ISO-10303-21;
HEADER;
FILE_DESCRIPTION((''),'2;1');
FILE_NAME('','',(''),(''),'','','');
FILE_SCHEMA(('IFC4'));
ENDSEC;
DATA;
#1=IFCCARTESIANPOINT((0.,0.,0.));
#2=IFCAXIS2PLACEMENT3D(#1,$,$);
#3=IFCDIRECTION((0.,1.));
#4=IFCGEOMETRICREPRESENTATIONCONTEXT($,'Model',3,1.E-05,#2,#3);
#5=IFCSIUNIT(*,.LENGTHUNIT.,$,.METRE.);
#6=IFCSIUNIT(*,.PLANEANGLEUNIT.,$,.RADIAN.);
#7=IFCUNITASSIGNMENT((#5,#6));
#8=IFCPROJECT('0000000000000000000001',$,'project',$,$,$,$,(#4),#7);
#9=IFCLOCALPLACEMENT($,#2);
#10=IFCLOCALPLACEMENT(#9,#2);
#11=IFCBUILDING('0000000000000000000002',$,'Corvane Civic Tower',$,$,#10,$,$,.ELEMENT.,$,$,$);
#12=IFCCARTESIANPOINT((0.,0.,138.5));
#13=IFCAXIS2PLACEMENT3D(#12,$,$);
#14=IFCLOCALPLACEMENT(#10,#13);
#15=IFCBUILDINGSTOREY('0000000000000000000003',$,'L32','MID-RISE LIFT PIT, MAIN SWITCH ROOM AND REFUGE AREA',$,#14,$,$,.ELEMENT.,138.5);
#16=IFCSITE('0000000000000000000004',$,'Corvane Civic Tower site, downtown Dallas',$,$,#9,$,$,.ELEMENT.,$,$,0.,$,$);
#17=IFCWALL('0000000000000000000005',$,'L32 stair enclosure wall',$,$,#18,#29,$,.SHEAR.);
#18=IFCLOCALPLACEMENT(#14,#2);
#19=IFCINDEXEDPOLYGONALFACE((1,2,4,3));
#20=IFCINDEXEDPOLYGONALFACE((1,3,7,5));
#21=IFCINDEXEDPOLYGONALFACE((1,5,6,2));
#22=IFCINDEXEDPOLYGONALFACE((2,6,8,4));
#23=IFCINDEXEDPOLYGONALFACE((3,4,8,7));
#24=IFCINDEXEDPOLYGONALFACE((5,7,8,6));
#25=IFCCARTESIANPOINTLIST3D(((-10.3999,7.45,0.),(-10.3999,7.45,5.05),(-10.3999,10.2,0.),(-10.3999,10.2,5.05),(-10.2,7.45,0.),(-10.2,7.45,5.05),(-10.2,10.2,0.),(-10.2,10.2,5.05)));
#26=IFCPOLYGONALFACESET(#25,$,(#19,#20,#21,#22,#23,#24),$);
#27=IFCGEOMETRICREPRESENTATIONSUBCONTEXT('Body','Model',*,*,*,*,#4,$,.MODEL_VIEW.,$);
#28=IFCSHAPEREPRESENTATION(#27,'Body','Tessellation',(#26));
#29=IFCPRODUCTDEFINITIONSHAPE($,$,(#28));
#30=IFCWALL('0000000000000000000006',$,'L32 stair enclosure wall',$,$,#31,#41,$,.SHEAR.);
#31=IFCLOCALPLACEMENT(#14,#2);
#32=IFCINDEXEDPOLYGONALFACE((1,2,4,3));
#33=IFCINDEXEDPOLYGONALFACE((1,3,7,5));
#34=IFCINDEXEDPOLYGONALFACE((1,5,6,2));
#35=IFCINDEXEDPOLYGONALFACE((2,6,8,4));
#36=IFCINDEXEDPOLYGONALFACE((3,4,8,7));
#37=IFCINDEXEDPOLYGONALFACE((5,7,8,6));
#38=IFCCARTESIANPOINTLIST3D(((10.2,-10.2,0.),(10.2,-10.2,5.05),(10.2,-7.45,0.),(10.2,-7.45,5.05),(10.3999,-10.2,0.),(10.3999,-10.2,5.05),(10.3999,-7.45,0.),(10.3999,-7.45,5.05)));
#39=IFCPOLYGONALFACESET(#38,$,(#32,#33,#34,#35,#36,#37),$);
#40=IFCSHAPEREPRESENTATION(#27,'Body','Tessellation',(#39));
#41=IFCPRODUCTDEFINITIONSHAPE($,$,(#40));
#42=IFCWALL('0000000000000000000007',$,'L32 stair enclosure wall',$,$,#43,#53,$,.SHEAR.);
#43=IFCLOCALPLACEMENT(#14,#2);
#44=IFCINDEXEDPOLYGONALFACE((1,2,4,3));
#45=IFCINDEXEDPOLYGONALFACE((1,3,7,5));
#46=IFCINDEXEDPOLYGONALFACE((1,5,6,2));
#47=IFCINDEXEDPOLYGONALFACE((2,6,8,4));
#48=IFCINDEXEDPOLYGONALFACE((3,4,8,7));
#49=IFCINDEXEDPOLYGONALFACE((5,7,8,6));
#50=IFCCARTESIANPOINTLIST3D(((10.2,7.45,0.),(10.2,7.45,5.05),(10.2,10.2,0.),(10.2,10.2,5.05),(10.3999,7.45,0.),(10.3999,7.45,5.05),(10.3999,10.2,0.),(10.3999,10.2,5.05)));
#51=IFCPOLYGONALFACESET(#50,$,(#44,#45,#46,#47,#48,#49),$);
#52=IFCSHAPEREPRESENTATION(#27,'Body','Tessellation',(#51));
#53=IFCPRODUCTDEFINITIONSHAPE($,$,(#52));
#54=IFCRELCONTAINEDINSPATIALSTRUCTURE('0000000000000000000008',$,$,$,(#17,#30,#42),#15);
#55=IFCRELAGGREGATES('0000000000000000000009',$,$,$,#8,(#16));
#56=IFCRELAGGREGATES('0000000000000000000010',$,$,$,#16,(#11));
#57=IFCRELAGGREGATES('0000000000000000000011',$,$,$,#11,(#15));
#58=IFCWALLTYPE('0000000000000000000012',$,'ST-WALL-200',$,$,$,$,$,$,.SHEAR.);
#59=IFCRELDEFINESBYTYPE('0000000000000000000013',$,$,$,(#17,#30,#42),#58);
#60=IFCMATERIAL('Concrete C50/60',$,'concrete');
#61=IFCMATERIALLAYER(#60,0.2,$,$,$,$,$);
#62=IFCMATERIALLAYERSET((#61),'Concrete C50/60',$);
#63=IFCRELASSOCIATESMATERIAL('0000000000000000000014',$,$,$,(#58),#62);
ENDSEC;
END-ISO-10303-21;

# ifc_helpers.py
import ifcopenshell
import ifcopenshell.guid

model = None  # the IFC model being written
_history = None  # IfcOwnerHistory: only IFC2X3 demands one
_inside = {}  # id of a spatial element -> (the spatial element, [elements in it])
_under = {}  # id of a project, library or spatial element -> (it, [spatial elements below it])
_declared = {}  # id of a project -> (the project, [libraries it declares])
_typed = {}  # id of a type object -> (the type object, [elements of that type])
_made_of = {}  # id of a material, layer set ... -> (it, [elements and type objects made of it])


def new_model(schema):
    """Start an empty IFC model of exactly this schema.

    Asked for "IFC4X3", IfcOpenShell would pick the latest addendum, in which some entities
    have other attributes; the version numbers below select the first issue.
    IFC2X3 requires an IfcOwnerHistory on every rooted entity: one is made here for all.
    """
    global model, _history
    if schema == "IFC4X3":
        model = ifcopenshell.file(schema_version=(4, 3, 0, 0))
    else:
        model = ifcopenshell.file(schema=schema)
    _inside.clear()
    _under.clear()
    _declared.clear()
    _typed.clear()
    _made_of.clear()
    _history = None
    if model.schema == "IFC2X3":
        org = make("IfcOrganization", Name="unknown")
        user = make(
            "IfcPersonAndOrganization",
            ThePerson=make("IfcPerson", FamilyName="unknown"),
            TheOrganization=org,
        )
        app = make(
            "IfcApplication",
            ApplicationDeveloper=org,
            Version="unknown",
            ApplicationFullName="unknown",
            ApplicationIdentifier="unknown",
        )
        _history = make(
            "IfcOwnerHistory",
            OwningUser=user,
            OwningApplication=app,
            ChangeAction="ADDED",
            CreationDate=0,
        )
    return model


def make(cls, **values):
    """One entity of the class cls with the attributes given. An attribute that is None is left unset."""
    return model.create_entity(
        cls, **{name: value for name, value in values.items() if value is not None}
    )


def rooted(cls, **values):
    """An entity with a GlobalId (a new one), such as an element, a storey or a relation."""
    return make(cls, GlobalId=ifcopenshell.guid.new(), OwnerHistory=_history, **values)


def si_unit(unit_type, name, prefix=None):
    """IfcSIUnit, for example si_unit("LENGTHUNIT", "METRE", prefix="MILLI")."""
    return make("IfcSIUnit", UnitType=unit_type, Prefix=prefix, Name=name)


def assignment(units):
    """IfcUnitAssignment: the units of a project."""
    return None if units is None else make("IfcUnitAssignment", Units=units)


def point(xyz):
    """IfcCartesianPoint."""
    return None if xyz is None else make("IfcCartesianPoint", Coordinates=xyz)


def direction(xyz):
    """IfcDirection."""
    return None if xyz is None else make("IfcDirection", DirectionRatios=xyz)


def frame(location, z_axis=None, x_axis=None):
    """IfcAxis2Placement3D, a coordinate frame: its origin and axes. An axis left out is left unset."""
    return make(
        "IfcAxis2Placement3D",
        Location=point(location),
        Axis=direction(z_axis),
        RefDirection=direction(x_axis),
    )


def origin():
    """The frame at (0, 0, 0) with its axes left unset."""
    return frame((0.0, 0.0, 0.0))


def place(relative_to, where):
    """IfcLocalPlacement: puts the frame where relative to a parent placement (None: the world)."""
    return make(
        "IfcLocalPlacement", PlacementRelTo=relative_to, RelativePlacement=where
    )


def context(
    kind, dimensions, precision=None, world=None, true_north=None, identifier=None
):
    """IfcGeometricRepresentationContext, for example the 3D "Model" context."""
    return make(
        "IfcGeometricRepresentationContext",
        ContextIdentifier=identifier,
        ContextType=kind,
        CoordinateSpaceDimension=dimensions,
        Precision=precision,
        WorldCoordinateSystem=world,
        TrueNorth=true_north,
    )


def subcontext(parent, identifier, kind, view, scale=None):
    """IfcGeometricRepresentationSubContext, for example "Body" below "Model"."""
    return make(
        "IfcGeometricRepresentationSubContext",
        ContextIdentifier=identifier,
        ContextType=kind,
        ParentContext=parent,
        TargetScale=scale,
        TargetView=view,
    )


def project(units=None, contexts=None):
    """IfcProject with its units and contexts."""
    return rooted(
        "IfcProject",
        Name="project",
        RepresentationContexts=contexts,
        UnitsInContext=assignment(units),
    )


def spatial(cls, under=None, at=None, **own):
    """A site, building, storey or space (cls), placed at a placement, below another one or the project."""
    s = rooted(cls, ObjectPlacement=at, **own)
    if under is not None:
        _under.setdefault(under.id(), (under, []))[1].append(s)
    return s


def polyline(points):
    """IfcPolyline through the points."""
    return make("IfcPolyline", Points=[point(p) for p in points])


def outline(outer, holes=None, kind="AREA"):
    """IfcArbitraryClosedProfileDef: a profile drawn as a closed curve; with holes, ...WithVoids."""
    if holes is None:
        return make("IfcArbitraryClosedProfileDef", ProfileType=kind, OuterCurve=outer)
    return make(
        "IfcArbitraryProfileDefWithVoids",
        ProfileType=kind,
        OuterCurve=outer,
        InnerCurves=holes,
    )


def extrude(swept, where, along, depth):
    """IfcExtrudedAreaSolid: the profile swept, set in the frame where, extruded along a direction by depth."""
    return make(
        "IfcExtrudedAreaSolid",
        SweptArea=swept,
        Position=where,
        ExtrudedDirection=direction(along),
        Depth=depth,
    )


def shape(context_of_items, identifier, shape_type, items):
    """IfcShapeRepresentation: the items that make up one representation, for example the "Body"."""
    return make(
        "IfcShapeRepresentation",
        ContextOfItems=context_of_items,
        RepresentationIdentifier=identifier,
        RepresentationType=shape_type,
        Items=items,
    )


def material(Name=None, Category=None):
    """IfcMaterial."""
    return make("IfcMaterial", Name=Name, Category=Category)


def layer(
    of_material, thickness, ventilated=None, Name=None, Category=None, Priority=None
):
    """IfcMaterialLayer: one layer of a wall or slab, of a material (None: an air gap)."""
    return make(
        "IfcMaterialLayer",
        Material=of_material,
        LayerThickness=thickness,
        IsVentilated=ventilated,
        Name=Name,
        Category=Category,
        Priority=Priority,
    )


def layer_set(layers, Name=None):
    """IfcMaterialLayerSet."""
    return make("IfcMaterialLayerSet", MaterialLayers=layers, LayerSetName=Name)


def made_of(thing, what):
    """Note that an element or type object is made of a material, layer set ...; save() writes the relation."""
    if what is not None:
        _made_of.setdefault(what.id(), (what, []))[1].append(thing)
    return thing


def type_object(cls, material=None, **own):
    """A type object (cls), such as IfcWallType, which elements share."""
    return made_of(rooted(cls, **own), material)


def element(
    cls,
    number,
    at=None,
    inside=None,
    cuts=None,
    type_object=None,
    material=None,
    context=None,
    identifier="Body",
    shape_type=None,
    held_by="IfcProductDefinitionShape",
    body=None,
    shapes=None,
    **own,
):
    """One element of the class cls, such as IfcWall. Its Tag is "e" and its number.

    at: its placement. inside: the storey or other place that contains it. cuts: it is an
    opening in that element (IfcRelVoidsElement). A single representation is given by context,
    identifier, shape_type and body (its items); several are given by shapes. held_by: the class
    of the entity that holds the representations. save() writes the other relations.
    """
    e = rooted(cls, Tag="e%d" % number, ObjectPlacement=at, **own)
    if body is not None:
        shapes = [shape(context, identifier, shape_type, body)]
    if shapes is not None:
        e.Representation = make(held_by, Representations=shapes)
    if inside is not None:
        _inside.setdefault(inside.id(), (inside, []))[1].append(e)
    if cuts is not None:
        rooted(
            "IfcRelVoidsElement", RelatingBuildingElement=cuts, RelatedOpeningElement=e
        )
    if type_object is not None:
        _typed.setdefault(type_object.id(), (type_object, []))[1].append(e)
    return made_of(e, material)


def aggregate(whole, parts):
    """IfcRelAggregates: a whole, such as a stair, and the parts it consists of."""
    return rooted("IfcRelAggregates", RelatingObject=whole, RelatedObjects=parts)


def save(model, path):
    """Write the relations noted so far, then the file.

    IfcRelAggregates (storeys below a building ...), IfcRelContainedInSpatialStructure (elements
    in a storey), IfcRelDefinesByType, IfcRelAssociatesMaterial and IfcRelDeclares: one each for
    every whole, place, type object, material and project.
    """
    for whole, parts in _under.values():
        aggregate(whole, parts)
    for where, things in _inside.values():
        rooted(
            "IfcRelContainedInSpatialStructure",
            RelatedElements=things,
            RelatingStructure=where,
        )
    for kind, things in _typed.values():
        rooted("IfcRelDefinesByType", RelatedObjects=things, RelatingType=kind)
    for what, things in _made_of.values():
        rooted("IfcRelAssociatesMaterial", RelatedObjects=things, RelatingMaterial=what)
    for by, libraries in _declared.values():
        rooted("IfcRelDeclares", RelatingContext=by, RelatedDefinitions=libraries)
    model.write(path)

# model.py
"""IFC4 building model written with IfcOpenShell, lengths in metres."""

from ifc_helpers import new_model, si_unit, direction, frame, origin, place, context, subcontext, project, spatial, polyline, outline, extrude, material, layer, layer_set, type_object, element, save


model = new_model("IFC4")

# Units and contexts
model_context = context("Model", 3, precision=1e-05, world=origin(), true_north=direction((0.0, 1.0)))
body_context = subcontext(model_context, "Body", "Model", "MODEL_VIEW")
ifc_project = project(units=[si_unit("LENGTHUNIT", "METRE"), si_unit("PLANEANGLEUNIT", "RADIAN")], contexts=[model_context])

# Site, building, storey
site_placement = place(None, origin())
site = spatial("IfcSite", under=ifc_project, at=site_placement, Name="Corvane Civic Tower site, downtown Dallas", CompositionType="ELEMENT", RefElevation=0.0)
building_placement = place(site_placement, origin())
building = spatial("IfcBuilding", under=site, at=building_placement, Name="Corvane Civic Tower", CompositionType="ELEMENT")
storey_placement = place(building_placement, frame((0.0, 0.0, 138.5)))
storey = spatial("IfcBuildingStorey", under=building, at=storey_placement, Name="L32", Description="MID-RISE LIFT PIT, MAIN SWITCH ROOM AND REFUGE AREA", CompositionType="ELEMENT", Elevation=138.5)

# Walls
ifc_material_1 = material(Name="Concrete C50/60", Category="concrete")
ifc_layer_1 = layer(ifc_material_1, 0.2)
ifc_layer_set_1 = layer_set([ifc_layer_1], Name="Concrete C50/60")
wall_type_1 = type_object("IfcWallType", Name="ST-WALL-200", PredefinedType="SHEAR", material=ifc_layer_set_1)
wall_1_placement = place(storey_placement, origin())
element("IfcWall", 1, at=wall_1_placement, inside=storey, type_object=wall_type_1, Name="L32 stair enclosure wall", PredefinedType="SHEAR", context=body_context, shape_type="SweptSolid", body=[
    extrude(outline(polyline([(-10.2, 7.45), (-10.3999, 7.45), (-10.3999, 10.2), (-10.2, 10.2), (-10.2, 7.45)])), origin(), (0.0, 0.0, 1.0), 5.05),
])
wall_2_placement = place(storey_placement, origin())
element("IfcWall", 2, at=wall_2_placement, inside=storey, type_object=wall_type_1, Name="L32 stair enclosure wall", PredefinedType="SHEAR", context=body_context, shape_type="SweptSolid", body=[
    extrude(outline(polyline([(10.3999, -7.45), (10.3999, -10.2), (10.2, -10.2), (10.2, -7.45), (10.3999, -7.45)])), origin(), (0.0, 0.0, 1.0), 5.05),
])
wall_3_placement = place(storey_placement, origin())
element("IfcWall", 3, at=wall_3_placement, inside=storey, type_object=wall_type_1, Name="L32 stair enclosure wall", PredefinedType="SHEAR", context=body_context, shape_type="SweptSolid", body=[
    extrude(outline(polyline([(10.3999, 7.45), (10.2, 7.45), (10.2, 10.2), (10.3999, 10.2), (10.3999, 7.45)])), origin(), (0.0, 0.0, 1.0), 5.05),
])

save(model, "model.ifc")
